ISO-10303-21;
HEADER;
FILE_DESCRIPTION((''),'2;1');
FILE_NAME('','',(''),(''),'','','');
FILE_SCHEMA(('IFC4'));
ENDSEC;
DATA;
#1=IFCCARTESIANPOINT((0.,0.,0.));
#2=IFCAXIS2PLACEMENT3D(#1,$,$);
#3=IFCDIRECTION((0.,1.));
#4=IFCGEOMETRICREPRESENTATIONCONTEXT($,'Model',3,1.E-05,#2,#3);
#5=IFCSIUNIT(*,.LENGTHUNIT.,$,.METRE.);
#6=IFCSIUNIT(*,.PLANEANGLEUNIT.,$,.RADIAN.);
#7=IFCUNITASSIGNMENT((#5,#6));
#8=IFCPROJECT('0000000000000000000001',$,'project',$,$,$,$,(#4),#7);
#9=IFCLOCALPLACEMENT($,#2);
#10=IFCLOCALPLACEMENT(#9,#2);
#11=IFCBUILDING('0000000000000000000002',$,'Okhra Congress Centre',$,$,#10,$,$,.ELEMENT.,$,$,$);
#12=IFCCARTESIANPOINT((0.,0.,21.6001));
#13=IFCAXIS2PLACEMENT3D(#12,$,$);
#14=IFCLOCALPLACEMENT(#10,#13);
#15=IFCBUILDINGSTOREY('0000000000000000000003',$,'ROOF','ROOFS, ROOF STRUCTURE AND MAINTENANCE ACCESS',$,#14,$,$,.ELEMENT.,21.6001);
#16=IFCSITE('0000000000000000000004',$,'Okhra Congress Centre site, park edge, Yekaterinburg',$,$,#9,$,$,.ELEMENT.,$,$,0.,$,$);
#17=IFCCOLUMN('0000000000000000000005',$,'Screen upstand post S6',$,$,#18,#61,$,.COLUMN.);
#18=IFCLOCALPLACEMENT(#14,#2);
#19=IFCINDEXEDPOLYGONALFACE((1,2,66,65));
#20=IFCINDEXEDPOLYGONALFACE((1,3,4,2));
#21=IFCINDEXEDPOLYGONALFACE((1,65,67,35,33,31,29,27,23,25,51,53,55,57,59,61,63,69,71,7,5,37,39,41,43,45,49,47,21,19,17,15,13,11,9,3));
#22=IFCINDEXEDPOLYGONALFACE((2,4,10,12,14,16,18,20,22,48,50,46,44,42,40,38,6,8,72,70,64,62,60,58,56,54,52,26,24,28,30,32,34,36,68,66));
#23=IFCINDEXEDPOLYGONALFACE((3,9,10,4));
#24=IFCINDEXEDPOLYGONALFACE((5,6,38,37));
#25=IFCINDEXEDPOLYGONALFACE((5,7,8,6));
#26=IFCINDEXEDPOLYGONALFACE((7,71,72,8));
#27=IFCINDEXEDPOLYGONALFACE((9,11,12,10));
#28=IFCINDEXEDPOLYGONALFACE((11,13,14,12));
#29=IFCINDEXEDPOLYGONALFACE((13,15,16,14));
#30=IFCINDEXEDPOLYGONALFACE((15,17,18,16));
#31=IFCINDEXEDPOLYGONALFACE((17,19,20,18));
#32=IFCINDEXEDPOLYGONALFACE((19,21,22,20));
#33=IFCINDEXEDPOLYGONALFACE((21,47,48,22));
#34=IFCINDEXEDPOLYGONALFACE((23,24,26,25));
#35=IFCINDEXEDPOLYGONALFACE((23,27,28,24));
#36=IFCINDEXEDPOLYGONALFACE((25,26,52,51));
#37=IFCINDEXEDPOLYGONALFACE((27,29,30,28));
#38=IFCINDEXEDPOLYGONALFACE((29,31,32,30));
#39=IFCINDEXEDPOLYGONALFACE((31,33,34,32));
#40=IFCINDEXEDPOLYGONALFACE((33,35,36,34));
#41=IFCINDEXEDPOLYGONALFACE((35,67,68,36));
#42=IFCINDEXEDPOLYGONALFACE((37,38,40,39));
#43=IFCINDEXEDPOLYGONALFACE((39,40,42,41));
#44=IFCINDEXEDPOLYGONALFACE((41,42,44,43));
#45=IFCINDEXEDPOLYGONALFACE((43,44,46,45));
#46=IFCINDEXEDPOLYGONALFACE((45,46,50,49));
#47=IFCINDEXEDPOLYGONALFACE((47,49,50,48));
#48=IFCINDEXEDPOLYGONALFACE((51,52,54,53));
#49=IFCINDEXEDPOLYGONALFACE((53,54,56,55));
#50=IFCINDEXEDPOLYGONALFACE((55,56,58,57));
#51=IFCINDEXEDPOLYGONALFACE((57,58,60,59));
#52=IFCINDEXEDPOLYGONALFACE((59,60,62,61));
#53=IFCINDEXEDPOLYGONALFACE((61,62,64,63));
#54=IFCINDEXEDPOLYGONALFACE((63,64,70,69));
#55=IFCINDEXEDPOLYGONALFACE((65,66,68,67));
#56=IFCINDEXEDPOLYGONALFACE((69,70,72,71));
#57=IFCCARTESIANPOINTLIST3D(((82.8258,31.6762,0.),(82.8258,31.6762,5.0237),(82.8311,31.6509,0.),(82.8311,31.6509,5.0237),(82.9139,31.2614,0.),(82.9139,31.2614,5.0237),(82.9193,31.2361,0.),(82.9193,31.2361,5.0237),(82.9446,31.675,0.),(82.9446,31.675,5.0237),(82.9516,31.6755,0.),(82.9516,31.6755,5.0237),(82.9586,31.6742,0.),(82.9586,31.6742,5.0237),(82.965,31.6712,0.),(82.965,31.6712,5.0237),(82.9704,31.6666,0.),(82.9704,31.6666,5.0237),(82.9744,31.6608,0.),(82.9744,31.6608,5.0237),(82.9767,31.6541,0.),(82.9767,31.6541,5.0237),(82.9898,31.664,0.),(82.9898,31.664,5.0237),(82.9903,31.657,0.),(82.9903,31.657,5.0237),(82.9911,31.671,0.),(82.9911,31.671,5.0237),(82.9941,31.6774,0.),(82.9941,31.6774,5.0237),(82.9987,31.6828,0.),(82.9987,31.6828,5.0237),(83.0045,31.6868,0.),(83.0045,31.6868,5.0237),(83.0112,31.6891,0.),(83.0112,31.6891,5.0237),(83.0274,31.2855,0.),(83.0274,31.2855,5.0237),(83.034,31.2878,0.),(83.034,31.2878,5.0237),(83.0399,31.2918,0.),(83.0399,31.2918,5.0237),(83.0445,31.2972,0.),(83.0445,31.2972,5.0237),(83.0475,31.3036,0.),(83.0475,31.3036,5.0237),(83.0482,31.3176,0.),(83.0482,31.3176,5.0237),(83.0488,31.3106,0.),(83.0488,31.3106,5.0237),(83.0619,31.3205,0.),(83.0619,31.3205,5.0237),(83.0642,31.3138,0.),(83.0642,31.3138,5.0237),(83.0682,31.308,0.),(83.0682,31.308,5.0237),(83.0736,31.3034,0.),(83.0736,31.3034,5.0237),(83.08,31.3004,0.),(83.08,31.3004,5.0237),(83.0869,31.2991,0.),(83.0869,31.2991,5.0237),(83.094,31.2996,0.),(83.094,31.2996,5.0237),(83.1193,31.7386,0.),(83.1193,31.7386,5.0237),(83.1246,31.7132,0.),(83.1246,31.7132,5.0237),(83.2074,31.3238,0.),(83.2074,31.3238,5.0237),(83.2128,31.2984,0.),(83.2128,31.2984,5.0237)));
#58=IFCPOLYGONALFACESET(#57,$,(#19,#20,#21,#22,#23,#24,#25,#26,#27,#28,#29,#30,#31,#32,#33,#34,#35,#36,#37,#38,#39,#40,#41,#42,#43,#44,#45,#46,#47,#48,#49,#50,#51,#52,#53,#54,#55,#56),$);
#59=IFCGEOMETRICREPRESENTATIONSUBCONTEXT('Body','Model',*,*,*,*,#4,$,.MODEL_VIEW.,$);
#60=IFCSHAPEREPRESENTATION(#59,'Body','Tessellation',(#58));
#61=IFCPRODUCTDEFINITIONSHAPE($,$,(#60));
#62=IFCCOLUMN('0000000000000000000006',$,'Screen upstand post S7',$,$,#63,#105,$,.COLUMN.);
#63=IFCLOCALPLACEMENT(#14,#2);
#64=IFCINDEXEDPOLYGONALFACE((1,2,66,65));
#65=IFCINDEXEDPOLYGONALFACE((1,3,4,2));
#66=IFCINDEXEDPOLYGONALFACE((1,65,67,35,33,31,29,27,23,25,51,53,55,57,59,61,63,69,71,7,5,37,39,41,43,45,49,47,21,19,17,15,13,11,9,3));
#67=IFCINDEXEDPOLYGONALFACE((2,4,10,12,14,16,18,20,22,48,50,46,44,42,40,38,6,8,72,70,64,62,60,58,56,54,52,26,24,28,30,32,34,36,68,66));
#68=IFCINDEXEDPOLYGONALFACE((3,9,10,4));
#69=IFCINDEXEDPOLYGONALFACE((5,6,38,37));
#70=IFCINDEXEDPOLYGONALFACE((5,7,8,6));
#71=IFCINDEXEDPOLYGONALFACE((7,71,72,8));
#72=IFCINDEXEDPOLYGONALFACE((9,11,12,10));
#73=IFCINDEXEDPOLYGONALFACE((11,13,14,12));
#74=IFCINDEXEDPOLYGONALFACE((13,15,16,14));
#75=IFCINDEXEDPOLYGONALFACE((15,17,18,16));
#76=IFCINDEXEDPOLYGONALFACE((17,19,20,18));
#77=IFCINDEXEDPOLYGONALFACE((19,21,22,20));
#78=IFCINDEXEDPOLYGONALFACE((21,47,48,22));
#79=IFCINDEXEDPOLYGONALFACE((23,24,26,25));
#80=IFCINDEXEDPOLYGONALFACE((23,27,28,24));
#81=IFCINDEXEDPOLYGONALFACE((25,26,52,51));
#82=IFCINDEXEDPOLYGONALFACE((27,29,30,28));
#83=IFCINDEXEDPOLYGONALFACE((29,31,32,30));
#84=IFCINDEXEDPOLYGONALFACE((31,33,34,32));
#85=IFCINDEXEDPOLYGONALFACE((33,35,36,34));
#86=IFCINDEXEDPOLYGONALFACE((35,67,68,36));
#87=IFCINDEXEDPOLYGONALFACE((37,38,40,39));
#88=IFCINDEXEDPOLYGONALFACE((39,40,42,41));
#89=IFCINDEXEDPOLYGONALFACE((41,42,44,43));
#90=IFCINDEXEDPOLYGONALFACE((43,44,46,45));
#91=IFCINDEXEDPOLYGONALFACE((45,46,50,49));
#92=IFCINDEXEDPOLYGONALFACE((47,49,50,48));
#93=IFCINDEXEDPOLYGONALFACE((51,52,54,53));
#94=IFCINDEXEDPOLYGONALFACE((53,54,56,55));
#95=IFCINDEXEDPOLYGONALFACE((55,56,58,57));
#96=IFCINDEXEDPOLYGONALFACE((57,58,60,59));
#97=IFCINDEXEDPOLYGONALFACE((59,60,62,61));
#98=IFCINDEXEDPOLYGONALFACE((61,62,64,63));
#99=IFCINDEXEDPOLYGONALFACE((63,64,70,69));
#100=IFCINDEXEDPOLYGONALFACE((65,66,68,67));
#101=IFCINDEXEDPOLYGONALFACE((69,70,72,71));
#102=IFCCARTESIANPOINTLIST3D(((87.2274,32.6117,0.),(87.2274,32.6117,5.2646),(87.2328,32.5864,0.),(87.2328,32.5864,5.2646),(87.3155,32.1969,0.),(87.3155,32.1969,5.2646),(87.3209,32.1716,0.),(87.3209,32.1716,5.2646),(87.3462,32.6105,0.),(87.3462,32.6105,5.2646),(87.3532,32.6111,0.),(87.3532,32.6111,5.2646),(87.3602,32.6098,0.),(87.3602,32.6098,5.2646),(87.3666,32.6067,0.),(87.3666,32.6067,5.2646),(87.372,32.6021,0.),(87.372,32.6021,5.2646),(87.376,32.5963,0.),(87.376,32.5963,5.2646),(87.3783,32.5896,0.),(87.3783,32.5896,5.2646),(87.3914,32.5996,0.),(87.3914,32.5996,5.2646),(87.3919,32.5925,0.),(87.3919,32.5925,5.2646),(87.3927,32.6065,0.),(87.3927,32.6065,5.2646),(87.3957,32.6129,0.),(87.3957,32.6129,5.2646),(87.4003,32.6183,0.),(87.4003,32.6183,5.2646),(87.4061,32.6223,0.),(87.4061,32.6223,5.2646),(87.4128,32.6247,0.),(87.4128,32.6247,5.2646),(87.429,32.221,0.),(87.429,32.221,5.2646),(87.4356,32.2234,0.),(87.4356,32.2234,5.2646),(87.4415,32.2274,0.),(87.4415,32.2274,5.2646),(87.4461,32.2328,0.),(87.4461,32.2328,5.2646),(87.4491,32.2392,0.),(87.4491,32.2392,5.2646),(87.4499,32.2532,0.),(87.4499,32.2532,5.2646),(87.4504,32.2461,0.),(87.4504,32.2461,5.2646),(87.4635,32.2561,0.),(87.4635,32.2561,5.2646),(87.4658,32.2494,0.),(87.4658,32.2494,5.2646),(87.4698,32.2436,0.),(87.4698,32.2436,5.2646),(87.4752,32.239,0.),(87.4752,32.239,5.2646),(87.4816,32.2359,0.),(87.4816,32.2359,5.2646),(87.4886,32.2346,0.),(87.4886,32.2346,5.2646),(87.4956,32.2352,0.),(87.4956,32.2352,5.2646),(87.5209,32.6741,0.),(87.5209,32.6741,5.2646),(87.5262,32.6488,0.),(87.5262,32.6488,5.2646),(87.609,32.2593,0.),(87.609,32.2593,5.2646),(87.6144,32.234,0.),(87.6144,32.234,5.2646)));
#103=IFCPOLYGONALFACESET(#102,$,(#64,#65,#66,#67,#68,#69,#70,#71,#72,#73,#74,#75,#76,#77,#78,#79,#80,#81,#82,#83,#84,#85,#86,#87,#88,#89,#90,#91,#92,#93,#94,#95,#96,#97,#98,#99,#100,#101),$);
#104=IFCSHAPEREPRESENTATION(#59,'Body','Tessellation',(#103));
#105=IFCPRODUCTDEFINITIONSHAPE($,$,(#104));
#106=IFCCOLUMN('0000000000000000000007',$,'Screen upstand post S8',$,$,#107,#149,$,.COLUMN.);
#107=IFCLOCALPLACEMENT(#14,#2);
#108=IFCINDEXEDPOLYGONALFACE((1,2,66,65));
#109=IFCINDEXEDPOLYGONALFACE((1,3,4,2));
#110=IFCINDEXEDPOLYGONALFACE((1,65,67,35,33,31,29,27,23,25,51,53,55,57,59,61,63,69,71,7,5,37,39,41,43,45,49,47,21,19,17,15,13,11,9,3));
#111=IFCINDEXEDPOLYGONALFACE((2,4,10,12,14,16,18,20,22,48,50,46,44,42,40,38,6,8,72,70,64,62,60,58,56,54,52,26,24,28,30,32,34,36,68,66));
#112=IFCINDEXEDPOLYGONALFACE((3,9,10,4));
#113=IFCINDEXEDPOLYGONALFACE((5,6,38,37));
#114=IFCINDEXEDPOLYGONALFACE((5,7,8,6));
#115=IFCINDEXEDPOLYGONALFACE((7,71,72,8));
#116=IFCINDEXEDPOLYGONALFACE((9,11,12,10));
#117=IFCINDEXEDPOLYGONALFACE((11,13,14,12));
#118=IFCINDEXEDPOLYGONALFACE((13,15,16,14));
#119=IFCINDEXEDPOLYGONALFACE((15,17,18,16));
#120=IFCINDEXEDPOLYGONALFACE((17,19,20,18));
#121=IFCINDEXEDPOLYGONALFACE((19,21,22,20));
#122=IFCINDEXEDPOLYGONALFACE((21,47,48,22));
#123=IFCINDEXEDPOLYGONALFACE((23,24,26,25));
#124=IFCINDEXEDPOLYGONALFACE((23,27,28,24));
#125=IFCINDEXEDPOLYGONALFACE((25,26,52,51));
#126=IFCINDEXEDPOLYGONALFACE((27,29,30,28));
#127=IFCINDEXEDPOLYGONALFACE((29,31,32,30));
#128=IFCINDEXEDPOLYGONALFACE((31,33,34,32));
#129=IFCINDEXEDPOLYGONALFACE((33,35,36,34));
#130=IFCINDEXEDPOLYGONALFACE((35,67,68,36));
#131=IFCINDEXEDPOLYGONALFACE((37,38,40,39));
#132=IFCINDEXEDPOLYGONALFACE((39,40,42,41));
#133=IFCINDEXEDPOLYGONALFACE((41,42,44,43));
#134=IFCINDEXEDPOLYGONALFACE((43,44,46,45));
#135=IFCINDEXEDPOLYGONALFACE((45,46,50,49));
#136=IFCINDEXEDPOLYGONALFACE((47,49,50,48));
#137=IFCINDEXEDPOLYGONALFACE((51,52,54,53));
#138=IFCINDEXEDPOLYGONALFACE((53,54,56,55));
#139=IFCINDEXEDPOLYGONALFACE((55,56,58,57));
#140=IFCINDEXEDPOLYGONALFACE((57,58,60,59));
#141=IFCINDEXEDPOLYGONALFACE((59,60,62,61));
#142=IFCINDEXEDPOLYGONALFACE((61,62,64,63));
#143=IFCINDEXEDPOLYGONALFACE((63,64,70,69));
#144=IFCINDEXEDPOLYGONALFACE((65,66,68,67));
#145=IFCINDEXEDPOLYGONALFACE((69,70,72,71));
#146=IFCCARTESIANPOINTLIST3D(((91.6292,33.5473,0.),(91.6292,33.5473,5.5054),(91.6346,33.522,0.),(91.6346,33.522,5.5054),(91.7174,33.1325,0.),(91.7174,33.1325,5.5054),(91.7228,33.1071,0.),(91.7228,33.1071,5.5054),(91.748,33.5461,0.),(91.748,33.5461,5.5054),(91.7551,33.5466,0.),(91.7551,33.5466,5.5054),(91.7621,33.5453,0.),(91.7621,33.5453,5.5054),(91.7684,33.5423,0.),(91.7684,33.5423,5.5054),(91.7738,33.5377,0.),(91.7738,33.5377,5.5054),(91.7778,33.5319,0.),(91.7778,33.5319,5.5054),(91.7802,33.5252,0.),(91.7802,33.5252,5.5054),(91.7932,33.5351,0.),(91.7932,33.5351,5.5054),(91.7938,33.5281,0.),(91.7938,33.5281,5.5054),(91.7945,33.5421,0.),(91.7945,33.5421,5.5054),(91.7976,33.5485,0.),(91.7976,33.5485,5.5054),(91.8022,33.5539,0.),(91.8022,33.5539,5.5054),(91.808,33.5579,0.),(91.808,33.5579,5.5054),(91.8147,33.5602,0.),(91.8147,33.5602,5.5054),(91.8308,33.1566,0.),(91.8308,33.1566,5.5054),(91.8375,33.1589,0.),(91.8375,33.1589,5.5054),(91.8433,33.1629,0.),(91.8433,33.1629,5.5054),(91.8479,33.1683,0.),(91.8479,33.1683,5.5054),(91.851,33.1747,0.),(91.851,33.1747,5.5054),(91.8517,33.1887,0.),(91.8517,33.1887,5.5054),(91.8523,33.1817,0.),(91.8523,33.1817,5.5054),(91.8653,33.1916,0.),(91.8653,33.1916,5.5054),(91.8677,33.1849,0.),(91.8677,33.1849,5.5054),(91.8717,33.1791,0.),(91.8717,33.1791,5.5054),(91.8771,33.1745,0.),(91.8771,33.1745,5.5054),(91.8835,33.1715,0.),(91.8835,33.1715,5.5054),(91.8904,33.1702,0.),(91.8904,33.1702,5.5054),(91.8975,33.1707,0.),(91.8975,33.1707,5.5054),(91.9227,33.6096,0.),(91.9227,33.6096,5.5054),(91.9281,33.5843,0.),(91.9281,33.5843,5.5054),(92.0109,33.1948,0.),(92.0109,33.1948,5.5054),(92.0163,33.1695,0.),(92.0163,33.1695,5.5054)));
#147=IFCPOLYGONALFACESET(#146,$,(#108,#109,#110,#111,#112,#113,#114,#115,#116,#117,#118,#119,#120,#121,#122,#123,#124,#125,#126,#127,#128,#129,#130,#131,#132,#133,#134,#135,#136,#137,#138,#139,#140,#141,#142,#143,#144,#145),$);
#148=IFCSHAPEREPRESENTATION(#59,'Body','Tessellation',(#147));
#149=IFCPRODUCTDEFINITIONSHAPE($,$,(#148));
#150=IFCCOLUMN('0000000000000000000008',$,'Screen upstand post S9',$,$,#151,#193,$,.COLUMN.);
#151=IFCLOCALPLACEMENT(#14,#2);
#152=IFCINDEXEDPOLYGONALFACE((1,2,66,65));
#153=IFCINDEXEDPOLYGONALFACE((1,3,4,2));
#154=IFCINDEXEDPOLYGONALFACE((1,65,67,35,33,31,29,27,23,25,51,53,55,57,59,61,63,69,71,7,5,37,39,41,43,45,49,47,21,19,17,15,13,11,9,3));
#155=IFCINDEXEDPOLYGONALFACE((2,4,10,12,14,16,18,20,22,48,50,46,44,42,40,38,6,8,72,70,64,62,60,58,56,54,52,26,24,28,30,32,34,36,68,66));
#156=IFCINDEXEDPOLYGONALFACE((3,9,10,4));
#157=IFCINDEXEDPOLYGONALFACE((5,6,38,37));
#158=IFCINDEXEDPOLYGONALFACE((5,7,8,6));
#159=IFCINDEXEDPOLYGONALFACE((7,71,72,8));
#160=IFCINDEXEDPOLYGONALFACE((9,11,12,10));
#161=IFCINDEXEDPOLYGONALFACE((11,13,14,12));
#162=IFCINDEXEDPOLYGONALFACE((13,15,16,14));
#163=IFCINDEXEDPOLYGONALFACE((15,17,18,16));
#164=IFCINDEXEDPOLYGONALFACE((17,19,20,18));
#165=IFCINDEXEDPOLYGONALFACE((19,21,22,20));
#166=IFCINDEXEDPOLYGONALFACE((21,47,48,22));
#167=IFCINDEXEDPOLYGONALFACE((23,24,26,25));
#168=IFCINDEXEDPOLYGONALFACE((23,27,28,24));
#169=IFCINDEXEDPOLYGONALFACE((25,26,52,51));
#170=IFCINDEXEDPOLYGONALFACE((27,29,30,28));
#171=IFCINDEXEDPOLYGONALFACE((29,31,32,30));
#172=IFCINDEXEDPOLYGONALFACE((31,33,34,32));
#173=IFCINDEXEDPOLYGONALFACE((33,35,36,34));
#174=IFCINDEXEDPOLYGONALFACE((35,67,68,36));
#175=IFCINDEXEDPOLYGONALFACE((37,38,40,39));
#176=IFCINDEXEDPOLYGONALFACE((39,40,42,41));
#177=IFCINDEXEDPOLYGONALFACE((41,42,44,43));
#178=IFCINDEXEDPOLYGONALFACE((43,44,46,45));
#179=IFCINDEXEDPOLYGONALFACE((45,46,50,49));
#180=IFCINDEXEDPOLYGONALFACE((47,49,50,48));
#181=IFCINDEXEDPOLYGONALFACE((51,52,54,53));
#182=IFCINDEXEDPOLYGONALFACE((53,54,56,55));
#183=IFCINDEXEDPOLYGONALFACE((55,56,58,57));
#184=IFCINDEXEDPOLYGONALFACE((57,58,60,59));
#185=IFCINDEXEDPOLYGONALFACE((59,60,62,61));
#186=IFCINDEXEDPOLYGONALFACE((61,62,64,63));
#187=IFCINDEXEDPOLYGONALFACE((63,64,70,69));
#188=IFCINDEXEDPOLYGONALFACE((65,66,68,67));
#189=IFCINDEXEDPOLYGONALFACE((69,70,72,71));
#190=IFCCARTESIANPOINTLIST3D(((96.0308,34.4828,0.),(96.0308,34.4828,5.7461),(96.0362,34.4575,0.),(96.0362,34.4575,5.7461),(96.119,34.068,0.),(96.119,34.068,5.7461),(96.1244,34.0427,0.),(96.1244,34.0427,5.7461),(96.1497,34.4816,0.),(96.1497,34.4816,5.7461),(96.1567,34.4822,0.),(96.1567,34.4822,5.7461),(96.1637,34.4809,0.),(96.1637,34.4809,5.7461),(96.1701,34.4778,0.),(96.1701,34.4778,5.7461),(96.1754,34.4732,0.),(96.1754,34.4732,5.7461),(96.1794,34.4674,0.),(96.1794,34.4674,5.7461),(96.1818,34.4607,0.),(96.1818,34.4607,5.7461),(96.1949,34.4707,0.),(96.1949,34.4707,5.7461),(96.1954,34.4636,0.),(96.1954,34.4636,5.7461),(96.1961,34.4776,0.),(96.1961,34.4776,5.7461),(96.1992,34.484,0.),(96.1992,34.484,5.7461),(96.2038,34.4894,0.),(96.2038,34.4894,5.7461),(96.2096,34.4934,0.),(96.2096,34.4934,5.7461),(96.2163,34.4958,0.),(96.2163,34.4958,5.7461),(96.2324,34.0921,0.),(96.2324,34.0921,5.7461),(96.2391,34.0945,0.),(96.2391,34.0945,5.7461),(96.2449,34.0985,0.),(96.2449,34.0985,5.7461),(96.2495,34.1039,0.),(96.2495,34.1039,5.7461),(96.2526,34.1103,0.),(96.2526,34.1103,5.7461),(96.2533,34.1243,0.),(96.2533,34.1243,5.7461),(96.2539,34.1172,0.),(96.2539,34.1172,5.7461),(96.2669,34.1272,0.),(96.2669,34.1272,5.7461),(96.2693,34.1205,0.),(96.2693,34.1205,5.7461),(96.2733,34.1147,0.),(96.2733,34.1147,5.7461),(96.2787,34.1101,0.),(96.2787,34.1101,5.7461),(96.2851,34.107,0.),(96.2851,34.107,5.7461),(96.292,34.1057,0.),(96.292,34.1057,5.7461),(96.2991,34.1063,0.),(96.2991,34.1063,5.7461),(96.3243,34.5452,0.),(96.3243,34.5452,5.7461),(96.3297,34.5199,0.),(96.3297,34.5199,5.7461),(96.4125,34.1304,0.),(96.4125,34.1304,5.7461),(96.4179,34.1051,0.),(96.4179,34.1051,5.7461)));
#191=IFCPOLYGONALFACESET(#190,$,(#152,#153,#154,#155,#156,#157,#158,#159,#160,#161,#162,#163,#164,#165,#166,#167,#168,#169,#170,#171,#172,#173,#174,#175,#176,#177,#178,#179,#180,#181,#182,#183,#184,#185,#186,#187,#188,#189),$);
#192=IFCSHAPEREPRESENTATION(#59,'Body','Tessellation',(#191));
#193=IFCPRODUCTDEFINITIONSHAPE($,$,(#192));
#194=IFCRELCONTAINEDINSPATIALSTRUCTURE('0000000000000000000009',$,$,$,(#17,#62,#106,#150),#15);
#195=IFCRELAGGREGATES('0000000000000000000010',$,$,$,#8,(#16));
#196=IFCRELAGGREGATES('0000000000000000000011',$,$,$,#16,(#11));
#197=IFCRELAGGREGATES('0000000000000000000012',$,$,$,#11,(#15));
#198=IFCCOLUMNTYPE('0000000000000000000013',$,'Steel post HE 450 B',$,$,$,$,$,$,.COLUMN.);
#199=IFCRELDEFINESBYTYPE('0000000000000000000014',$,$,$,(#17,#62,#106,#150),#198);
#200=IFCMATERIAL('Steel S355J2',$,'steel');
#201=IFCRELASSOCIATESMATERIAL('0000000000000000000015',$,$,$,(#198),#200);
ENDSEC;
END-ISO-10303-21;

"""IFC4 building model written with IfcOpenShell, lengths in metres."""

from ifc_helpers import new_model, si_unit, direction, frame, origin, origin_2d, place, context, subcontext, project, spatial, i_section, extrude, material, material_profile, profile_set, type_object, element, save


model = new_model("IFC4")

# Units and contexts
model_context = context("Model", 3, precision=1e-05, world=origin(), true_north=direction((0.0, 1.0)))
body_context = subcontext(model_context, "Body", "Model", "MODEL_VIEW")
ifc_project = project(units=[si_unit("LENGTHUNIT", "METRE"), si_unit("PLANEANGLEUNIT", "RADIAN")], contexts=[model_context])

# Site, building, storey
site_placement = place(None, origin())
site = spatial("IfcSite", under=ifc_project, at=site_placement, Name="Okhra Congress Centre site, park edge, Yekaterinburg", CompositionType="ELEMENT", RefElevation=0.0)
building_placement = place(site_placement, origin())
building = spatial("IfcBuilding", under=site, at=building_placement, Name="Okhra Congress Centre", CompositionType="ELEMENT")
storey_placement = place(building_placement, frame((0.0, 0.0, 21.6001)))
storey = spatial("IfcBuildingStorey", under=building, at=storey_placement, Name="ROOF", Description="ROOFS, ROOF STRUCTURE AND MAINTENANCE ACCESS", CompositionType="ELEMENT", Elevation=21.6001)

# Columns
ifc_material_1 = material(Name="Steel S355J2", Category="steel")
ifc_material_profile_1 = material_profile(ifc_material_1, i_section(OverallWidth=0.3, OverallDepth=0.45, WebThickness=0.0139, FlangeThickness=0.0259, FilletRadius=0.0271, at=origin_2d()), Name="HE 450 B")
ifc_profile_set_1 = profile_set([ifc_material_profile_1], Name="Steel S355J2")
column_type = type_object("IfcColumnType", Name="Steel post HE 450 B", PredefinedType="COLUMN", material=ifc_profile_set_1)
column_1_placement = place(storey_placement, frame((83.0193, 31.4873, 0.0), z_axis=(0.0, 0.0, 1.0), x_axis=(0.978148, 0.207912, 0.0)))
element("IfcColumn", 1, at=column_1_placement, inside=storey, type_object=column_type, Name="Screen upstand post S6", PredefinedType="COLUMN", context=body_context, shape_type="SweptSolid", body=[
    extrude(i_section(OverallWidth=0.3, OverallDepth=0.45, WebThickness=0.0139, FlangeThickness=0.0259, FilletRadius=0.0271, at=origin_2d()), origin(), (0.0, 0.0, 1.0), 5.0237),
])
column_2_placement = place(storey_placement, frame((87.4209, 32.4229, 0.0), z_axis=(0.0, 0.0, 1.0), x_axis=(0.978148, 0.207912, 0.0)))
element("IfcColumn", 2, at=column_2_placement, inside=storey, type_object=column_type, Name="Screen upstand post S7", PredefinedType="COLUMN", context=body_context, shape_type="SweptSolid", body=[
    extrude(i_section(OverallWidth=0.3, OverallDepth=0.45, WebThickness=0.0139, FlangeThickness=0.0259, FilletRadius=0.0271, at=origin_2d()), origin(), (0.0, 0.0, 1.0), 5.2646),
])
column_3_placement = place(storey_placement, frame((91.8228, 33.3584, 0.0), z_axis=(0.0, 0.0, 1.0), x_axis=(0.978148, 0.207912, 0.0)))
element("IfcColumn", 3, at=column_3_placement, inside=storey, type_object=column_type, Name="Screen upstand post S8", PredefinedType="COLUMN", context=body_context, shape_type="SweptSolid", body=[
    extrude(i_section(OverallWidth=0.3, OverallDepth=0.45, WebThickness=0.0139, FlangeThickness=0.0259, FilletRadius=0.0271, at=origin_2d()), origin(), (0.0, 0.0, 1.0), 5.5054),
])
column_4_placement = place(storey_placement, frame((96.2244, 34.2939, 0.0), z_axis=(0.0, 0.0, 1.0), x_axis=(0.978148, 0.207912, 0.0)))
element("IfcColumn", 4, at=column_4_placement, inside=storey, type_object=column_type, Name="Screen upstand post S9", PredefinedType="COLUMN", context=body_context, shape_type="SweptSolid", body=[
    extrude(i_section(OverallWidth=0.3, OverallDepth=0.45, WebThickness=0.0139, FlangeThickness=0.0259, FilletRadius=0.0271, at=origin_2d()), origin(), (0.0, 0.0, 1.0), 5.7461),
])

save(model, "model.ifc")
